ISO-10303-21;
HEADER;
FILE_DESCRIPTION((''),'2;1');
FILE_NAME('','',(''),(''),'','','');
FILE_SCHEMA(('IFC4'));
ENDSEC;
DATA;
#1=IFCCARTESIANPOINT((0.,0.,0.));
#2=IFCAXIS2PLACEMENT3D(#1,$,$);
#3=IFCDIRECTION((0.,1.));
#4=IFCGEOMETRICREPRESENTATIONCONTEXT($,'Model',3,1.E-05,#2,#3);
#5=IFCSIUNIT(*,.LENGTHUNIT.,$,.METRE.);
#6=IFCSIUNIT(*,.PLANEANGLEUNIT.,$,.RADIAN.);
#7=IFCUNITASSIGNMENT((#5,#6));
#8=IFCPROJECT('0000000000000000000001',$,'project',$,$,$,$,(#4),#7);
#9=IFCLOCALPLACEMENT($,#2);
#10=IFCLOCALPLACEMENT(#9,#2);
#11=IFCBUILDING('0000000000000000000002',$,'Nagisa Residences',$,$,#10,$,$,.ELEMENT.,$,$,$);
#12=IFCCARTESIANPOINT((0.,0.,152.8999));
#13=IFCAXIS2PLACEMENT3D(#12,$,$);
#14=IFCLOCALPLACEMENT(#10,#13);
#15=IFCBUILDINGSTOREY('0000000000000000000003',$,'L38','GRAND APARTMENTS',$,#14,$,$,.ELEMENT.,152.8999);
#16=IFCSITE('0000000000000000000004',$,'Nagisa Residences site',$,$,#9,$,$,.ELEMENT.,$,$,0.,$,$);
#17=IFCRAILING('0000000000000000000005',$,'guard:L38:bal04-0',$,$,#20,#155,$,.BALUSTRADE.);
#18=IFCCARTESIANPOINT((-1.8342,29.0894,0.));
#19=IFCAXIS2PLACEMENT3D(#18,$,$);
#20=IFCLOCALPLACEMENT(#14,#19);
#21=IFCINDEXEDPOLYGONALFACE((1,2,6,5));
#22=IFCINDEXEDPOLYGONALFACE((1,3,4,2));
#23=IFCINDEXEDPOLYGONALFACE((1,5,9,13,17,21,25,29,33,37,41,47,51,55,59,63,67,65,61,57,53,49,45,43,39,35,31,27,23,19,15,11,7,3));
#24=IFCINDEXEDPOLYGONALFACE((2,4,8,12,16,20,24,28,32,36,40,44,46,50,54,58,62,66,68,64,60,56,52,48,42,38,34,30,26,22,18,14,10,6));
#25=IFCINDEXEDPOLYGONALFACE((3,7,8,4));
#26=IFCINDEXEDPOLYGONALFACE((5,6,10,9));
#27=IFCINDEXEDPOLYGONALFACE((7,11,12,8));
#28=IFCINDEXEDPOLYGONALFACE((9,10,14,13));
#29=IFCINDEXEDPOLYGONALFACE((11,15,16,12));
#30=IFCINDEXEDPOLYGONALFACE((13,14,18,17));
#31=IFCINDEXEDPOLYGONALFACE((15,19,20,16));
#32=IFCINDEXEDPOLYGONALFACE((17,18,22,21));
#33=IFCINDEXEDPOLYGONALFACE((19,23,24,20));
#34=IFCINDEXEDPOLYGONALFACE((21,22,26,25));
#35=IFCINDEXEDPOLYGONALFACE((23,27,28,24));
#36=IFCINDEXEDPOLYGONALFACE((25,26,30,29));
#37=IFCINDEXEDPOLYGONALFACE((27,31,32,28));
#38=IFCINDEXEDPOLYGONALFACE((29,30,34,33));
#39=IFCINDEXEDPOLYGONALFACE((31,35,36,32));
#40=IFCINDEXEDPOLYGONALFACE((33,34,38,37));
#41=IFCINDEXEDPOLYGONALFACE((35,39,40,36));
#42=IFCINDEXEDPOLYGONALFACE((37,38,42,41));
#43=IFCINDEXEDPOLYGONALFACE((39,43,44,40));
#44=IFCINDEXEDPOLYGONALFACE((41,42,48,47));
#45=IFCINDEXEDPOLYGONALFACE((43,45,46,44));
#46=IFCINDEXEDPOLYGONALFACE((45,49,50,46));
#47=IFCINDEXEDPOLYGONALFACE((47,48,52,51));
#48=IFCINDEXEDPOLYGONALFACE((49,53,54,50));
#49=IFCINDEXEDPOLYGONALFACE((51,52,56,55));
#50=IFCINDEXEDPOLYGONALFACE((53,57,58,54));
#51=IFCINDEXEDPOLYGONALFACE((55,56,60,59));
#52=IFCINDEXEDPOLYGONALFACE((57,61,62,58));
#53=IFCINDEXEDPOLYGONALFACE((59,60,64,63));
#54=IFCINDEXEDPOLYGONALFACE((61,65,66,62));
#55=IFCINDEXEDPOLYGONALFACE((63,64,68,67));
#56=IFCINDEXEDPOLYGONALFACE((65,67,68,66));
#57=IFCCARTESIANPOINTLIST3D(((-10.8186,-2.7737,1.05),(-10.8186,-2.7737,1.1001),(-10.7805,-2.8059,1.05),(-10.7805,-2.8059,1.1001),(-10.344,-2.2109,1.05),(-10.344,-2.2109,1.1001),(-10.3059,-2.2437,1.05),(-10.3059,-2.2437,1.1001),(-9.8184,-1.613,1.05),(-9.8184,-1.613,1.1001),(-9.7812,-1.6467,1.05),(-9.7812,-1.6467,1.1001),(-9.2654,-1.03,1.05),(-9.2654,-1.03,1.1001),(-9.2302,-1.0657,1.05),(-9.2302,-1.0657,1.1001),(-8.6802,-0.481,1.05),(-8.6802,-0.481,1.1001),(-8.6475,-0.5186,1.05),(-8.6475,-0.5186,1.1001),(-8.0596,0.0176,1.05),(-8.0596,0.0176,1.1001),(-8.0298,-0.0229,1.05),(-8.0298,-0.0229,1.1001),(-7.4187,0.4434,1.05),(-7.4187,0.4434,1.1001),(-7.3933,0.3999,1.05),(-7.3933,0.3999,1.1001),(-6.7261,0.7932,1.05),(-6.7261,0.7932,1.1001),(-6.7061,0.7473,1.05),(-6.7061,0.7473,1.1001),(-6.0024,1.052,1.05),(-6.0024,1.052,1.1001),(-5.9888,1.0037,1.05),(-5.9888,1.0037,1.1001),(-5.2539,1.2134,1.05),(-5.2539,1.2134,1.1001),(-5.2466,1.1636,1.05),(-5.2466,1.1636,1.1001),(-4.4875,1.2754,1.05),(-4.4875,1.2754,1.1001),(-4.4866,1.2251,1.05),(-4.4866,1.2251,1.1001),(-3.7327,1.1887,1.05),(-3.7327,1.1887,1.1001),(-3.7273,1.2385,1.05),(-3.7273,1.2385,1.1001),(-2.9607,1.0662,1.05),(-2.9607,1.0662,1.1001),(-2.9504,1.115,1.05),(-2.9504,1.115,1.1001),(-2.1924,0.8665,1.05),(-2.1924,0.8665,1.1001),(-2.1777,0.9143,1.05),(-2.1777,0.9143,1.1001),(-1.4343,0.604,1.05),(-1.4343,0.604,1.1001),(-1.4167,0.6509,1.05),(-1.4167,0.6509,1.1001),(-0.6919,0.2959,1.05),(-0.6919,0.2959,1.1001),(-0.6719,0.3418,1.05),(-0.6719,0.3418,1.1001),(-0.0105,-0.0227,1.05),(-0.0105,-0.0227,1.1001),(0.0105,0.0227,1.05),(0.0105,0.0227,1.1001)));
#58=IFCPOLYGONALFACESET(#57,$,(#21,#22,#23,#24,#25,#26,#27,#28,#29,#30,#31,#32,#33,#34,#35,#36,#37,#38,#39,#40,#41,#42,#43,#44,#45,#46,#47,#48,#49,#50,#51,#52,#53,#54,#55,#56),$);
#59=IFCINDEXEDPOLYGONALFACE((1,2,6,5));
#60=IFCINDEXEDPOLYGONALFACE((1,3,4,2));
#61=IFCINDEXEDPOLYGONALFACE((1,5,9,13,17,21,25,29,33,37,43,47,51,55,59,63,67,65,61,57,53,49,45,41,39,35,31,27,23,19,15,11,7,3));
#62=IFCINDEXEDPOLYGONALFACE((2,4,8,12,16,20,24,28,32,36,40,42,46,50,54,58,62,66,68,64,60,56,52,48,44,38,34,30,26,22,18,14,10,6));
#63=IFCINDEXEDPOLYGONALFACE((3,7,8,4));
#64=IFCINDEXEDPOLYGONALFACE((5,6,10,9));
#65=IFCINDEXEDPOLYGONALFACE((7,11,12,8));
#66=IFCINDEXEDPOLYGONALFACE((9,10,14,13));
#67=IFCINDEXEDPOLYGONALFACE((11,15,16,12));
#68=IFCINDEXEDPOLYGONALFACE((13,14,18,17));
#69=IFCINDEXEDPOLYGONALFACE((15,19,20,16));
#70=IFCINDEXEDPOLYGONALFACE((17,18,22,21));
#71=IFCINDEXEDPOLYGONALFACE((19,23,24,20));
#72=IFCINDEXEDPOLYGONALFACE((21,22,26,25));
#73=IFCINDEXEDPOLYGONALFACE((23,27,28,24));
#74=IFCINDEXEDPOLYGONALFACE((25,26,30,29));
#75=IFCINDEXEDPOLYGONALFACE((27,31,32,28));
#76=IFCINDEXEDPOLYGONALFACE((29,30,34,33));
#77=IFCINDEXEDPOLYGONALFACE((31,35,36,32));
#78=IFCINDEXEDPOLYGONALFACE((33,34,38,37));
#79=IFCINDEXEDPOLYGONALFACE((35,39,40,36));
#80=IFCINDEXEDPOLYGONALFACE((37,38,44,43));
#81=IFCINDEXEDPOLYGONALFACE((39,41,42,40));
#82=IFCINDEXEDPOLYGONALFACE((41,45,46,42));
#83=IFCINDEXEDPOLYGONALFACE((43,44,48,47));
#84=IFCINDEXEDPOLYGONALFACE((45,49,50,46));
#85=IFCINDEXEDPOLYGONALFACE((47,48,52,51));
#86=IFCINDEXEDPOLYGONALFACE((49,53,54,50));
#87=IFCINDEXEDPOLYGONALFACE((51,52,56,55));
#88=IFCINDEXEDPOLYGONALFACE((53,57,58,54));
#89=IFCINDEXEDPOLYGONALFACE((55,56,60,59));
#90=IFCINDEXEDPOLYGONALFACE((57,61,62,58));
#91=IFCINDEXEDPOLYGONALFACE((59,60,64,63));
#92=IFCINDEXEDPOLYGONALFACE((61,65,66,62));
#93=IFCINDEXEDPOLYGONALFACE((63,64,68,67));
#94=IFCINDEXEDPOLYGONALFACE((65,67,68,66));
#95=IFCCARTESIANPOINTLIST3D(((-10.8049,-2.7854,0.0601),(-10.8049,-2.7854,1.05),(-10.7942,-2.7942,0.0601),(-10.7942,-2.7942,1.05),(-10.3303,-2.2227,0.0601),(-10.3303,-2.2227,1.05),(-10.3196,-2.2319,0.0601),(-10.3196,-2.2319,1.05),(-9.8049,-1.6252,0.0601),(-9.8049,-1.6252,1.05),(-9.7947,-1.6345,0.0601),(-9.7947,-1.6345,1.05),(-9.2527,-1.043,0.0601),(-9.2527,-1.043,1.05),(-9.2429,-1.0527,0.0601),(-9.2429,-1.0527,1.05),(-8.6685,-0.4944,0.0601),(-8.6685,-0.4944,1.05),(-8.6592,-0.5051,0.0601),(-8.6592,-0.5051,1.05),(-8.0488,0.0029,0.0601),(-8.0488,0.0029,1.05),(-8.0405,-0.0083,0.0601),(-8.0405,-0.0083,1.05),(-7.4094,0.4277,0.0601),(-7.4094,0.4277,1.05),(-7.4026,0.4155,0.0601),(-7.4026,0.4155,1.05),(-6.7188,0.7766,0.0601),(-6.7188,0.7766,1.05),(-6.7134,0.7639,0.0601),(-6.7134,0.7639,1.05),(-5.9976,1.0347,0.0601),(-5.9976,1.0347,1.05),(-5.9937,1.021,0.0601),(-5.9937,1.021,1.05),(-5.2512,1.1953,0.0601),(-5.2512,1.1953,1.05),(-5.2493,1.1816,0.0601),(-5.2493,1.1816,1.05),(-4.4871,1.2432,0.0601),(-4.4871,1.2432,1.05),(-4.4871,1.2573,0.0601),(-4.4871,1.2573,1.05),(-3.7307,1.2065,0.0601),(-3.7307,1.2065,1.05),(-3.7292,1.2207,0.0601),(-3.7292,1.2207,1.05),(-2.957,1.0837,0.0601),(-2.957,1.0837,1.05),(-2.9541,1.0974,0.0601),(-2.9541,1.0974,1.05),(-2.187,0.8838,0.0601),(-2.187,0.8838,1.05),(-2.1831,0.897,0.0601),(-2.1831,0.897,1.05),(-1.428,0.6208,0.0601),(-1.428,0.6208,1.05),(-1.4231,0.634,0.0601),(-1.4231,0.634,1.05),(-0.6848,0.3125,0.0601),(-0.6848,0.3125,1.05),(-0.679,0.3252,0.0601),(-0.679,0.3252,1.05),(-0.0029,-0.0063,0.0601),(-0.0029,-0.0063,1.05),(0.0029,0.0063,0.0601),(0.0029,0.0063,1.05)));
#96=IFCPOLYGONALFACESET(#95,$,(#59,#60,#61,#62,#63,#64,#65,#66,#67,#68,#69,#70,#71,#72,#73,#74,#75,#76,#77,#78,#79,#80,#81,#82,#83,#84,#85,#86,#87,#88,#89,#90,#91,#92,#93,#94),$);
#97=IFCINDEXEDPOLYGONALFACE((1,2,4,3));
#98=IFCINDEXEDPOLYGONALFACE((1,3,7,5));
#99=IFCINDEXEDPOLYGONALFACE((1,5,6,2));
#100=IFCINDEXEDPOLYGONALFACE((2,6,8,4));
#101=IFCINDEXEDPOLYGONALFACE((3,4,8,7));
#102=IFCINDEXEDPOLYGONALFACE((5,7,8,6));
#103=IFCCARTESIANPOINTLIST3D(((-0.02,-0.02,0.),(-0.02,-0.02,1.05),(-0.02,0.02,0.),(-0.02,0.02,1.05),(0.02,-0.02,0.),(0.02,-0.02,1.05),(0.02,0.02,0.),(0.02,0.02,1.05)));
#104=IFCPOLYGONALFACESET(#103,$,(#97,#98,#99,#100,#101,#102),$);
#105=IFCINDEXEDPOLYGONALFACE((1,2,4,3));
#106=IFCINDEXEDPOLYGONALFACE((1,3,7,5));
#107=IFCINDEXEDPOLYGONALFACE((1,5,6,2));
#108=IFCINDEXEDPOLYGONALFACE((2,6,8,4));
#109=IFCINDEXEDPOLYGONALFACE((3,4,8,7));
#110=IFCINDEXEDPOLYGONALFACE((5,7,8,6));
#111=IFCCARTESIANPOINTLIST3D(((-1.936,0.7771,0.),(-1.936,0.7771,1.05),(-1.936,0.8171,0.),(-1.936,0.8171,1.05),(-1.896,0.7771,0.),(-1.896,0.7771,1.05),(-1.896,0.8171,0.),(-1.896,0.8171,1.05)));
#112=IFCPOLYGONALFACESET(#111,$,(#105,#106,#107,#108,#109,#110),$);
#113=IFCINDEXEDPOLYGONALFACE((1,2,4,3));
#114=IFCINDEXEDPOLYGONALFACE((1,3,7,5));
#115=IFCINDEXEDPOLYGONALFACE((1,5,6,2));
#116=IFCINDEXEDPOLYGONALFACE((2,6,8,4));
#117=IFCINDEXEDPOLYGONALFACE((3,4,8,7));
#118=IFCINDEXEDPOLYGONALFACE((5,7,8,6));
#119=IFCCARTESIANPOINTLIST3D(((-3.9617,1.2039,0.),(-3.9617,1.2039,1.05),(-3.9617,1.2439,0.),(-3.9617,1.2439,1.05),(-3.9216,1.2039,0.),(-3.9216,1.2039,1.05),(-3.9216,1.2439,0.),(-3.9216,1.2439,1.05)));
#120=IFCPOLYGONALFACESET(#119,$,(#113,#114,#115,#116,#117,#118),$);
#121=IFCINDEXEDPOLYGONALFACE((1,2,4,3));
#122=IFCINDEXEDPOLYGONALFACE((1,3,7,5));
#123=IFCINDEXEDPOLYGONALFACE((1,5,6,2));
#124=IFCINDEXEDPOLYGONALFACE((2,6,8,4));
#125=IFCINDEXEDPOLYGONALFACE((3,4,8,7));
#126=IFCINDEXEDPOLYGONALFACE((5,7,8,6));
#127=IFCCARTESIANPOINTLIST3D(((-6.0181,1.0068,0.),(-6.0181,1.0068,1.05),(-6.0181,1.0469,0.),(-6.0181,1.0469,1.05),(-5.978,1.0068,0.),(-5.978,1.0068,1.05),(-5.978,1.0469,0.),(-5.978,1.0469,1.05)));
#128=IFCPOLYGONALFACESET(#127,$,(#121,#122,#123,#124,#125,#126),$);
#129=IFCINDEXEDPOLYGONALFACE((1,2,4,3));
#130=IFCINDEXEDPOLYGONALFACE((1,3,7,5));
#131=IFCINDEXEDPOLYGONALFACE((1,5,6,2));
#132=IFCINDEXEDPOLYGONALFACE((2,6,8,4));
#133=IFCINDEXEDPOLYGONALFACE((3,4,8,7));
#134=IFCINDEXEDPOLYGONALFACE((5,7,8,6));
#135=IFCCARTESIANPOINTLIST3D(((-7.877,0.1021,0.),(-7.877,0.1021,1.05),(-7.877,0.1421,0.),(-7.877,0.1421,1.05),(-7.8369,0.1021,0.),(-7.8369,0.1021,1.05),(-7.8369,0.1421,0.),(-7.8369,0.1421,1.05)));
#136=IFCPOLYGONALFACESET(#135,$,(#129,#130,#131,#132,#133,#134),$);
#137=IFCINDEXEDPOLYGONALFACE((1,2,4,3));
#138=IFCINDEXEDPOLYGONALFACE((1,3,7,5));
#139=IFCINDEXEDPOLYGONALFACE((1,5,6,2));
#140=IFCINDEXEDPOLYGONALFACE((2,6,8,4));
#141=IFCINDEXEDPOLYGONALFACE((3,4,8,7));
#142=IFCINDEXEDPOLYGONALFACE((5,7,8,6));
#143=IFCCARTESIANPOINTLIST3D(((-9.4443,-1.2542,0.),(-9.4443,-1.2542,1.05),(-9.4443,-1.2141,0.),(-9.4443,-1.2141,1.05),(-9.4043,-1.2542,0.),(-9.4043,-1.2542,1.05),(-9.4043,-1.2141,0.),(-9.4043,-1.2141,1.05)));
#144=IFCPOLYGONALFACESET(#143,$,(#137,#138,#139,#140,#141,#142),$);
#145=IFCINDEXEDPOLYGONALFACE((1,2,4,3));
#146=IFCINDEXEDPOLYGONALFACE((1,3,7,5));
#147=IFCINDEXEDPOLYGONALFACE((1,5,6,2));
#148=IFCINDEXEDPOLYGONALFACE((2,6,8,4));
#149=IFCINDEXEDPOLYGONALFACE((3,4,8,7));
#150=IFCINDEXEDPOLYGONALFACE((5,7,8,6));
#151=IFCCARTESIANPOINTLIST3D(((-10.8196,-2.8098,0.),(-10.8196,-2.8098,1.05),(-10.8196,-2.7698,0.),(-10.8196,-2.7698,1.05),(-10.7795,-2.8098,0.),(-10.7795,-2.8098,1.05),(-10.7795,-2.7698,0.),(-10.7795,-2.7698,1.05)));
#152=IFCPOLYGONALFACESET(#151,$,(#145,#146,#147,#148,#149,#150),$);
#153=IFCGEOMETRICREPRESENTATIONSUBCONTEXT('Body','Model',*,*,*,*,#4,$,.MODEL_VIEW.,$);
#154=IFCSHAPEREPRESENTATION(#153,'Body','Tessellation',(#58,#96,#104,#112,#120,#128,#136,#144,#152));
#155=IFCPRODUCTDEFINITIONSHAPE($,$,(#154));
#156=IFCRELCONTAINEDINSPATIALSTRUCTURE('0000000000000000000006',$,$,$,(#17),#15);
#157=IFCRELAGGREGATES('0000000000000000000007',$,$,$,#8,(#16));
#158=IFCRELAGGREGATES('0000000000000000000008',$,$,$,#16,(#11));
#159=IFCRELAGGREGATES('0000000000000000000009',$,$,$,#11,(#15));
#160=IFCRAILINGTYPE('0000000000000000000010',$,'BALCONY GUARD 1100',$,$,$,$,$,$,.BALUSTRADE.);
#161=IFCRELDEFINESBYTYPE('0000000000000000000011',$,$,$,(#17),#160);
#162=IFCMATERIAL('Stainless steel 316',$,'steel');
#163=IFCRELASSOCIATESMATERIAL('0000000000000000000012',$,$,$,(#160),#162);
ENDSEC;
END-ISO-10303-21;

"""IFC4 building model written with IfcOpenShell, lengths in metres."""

from ifc_helpers import new_model, si_unit, direction, frame, origin, origin_2d, place, context, subcontext, project, spatial, polyline, rectangle, outline, extrude, material, type_object, element, save


model = new_model("IFC4")

# Units and contexts
model_context = context("Model", 3, precision=1e-05, world=origin(), true_north=direction((0.0, 1.0)))
body_context = subcontext(model_context, "Body", "Model", "MODEL_VIEW")
ifc_project = project(units=[si_unit("LENGTHUNIT", "METRE"), si_unit("PLANEANGLEUNIT", "RADIAN")], contexts=[model_context])

# Site, building, storey
site_placement = place(None, origin())
site = spatial("IfcSite", under=ifc_project, at=site_placement, Name="Nagisa Residences site", CompositionType="ELEMENT", RefElevation=0.0)
building_placement = place(site_placement, origin())
building = spatial("IfcBuilding", under=site, at=building_placement, Name="Nagisa Residences", CompositionType="ELEMENT")
storey_placement = place(building_placement, frame((0.0, 0.0, 152.8999)))
storey = spatial("IfcBuildingStorey", under=building, at=storey_placement, Name="L38", Description="GRAND APARTMENTS", CompositionType="ELEMENT", Elevation=152.8999)

# Railing
ifc_material_1 = material(Name="Stainless steel 316", Category="steel")
railing_type = type_object("IfcRailingType", Name="BALCONY GUARD 1100", PredefinedType="BALUSTRADE", material=ifc_material_1)
railing_placement = place(storey_placement, frame((-1.8342, 29.0894, 0.0)))
element("IfcRailing", 1, at=railing_placement, inside=storey, type_object=railing_type, Name="guard:L38:bal04-0", PredefinedType="BALUSTRADE", context=body_context, shape_type="SweptSolid", body=[
    extrude(outline(polyline([(-0.6919, 0.2959), (-0.0105, -0.0227), (0.0105, 0.0227), (-0.6719, 0.3418), (-1.4167, 0.6509), (-2.1777, 0.9143), (-2.9504, 1.115), (-3.7273, 1.2385), (-4.4875, 1.2754), (-5.2539, 1.2134), (-6.0024, 1.052), (-6.7261, 0.7932), (-7.4187, 0.4434), (-8.0596, 0.0176), (-8.6802, -0.481), (-9.2654, -1.03), (-9.8184, -1.613), (-10.344, -2.2109), (-10.8186, -2.7737), (-10.7805, -2.8059), (-10.3059, -2.2437), (-9.7812, -1.6467), (-9.2302, -1.0657), (-8.6475, -0.5186), (-8.0298, -0.0229), (-7.3933, 0.3999), (-6.7061, 0.7473), (-5.9888, 1.0037), (-5.2466, 1.1636), (-4.4866, 1.2251), (-3.7327, 1.1887), (-2.9607, 1.0662), (-2.1924, 0.8665), (-1.4343, 0.604), (-0.6919, 0.2959)])), frame((0.0, 0.0, 1.05)), (0.0, 0.0, 1.0), 0.05),
    extrude(outline(polyline([(-0.6848, 0.3125), (-0.0029, -0.0063), (0.0029, 0.0063), (-0.679, 0.3252), (-1.4231, 0.634), (-2.1831, 0.897), (-2.9541, 1.0974), (-3.7292, 1.2207), (-4.4871, 1.2573), (-5.2512, 1.1953), (-5.9976, 1.0347), (-6.7188, 0.7766), (-7.4094, 0.4277), (-8.0488, 0.0029), (-8.6685, -0.4944), (-9.2527, -1.043), (-9.8049, -1.6252), (-10.3303, -2.2227), (-10.8049, -2.7854), (-10.7942, -2.7942), (-10.3196, -2.2319), (-9.7947, -1.6345), (-9.2429, -1.0527), (-8.6592, -0.5051), (-8.0405, -0.0083), (-7.4026, 0.4155), (-6.7134, 0.7639), (-5.9937, 1.021), (-5.2493, 1.1816), (-4.4871, 1.2432), (-3.7307, 1.2065), (-2.957, 1.0837), (-2.187, 0.8838), (-1.428, 0.6208), (-0.6848, 0.3125)])), frame((0.0, 0.0, 0.0601)), (0.0, 0.0, 1.0), 0.99),
    extrude(rectangle(XDim=0.04, YDim=0.04, at=origin_2d()), origin(), (0.0, 0.0, 1.0), 1.05),
    extrude(rectangle(XDim=0.04, YDim=0.04, at=origin_2d()), frame((-1.916, 0.7971, 0.0)), (0.0, 0.0, 1.0), 1.05),
    extrude(rectangle(XDim=0.04, YDim=0.04, at=origin_2d()), frame((-3.9417, 1.2239, 0.0)), (0.0, 0.0, 1.0), 1.05),
    extrude(rectangle(XDim=0.04, YDim=0.04, at=origin_2d()), frame((-5.998, 1.0269, 0.0)), (0.0, 0.0, 1.0), 1.05),
    extrude(rectangle(XDim=0.04, YDim=0.04, at=origin_2d()), frame((-7.8569, 0.1221, 0.0)), (0.0, 0.0, 1.0), 1.05),
    extrude(rectangle(XDim=0.04, YDim=0.04, at=origin_2d()), frame((-9.4243, -1.2341, 0.0)), (0.0, 0.0, 1.0), 1.05),
    extrude(rectangle(XDim=0.04, YDim=0.04, at=origin_2d()), frame((-10.7996, -2.7898, 0.0)), (0.0, 0.0, 1.0), 1.05),
])

save(model, "model.ifc")
